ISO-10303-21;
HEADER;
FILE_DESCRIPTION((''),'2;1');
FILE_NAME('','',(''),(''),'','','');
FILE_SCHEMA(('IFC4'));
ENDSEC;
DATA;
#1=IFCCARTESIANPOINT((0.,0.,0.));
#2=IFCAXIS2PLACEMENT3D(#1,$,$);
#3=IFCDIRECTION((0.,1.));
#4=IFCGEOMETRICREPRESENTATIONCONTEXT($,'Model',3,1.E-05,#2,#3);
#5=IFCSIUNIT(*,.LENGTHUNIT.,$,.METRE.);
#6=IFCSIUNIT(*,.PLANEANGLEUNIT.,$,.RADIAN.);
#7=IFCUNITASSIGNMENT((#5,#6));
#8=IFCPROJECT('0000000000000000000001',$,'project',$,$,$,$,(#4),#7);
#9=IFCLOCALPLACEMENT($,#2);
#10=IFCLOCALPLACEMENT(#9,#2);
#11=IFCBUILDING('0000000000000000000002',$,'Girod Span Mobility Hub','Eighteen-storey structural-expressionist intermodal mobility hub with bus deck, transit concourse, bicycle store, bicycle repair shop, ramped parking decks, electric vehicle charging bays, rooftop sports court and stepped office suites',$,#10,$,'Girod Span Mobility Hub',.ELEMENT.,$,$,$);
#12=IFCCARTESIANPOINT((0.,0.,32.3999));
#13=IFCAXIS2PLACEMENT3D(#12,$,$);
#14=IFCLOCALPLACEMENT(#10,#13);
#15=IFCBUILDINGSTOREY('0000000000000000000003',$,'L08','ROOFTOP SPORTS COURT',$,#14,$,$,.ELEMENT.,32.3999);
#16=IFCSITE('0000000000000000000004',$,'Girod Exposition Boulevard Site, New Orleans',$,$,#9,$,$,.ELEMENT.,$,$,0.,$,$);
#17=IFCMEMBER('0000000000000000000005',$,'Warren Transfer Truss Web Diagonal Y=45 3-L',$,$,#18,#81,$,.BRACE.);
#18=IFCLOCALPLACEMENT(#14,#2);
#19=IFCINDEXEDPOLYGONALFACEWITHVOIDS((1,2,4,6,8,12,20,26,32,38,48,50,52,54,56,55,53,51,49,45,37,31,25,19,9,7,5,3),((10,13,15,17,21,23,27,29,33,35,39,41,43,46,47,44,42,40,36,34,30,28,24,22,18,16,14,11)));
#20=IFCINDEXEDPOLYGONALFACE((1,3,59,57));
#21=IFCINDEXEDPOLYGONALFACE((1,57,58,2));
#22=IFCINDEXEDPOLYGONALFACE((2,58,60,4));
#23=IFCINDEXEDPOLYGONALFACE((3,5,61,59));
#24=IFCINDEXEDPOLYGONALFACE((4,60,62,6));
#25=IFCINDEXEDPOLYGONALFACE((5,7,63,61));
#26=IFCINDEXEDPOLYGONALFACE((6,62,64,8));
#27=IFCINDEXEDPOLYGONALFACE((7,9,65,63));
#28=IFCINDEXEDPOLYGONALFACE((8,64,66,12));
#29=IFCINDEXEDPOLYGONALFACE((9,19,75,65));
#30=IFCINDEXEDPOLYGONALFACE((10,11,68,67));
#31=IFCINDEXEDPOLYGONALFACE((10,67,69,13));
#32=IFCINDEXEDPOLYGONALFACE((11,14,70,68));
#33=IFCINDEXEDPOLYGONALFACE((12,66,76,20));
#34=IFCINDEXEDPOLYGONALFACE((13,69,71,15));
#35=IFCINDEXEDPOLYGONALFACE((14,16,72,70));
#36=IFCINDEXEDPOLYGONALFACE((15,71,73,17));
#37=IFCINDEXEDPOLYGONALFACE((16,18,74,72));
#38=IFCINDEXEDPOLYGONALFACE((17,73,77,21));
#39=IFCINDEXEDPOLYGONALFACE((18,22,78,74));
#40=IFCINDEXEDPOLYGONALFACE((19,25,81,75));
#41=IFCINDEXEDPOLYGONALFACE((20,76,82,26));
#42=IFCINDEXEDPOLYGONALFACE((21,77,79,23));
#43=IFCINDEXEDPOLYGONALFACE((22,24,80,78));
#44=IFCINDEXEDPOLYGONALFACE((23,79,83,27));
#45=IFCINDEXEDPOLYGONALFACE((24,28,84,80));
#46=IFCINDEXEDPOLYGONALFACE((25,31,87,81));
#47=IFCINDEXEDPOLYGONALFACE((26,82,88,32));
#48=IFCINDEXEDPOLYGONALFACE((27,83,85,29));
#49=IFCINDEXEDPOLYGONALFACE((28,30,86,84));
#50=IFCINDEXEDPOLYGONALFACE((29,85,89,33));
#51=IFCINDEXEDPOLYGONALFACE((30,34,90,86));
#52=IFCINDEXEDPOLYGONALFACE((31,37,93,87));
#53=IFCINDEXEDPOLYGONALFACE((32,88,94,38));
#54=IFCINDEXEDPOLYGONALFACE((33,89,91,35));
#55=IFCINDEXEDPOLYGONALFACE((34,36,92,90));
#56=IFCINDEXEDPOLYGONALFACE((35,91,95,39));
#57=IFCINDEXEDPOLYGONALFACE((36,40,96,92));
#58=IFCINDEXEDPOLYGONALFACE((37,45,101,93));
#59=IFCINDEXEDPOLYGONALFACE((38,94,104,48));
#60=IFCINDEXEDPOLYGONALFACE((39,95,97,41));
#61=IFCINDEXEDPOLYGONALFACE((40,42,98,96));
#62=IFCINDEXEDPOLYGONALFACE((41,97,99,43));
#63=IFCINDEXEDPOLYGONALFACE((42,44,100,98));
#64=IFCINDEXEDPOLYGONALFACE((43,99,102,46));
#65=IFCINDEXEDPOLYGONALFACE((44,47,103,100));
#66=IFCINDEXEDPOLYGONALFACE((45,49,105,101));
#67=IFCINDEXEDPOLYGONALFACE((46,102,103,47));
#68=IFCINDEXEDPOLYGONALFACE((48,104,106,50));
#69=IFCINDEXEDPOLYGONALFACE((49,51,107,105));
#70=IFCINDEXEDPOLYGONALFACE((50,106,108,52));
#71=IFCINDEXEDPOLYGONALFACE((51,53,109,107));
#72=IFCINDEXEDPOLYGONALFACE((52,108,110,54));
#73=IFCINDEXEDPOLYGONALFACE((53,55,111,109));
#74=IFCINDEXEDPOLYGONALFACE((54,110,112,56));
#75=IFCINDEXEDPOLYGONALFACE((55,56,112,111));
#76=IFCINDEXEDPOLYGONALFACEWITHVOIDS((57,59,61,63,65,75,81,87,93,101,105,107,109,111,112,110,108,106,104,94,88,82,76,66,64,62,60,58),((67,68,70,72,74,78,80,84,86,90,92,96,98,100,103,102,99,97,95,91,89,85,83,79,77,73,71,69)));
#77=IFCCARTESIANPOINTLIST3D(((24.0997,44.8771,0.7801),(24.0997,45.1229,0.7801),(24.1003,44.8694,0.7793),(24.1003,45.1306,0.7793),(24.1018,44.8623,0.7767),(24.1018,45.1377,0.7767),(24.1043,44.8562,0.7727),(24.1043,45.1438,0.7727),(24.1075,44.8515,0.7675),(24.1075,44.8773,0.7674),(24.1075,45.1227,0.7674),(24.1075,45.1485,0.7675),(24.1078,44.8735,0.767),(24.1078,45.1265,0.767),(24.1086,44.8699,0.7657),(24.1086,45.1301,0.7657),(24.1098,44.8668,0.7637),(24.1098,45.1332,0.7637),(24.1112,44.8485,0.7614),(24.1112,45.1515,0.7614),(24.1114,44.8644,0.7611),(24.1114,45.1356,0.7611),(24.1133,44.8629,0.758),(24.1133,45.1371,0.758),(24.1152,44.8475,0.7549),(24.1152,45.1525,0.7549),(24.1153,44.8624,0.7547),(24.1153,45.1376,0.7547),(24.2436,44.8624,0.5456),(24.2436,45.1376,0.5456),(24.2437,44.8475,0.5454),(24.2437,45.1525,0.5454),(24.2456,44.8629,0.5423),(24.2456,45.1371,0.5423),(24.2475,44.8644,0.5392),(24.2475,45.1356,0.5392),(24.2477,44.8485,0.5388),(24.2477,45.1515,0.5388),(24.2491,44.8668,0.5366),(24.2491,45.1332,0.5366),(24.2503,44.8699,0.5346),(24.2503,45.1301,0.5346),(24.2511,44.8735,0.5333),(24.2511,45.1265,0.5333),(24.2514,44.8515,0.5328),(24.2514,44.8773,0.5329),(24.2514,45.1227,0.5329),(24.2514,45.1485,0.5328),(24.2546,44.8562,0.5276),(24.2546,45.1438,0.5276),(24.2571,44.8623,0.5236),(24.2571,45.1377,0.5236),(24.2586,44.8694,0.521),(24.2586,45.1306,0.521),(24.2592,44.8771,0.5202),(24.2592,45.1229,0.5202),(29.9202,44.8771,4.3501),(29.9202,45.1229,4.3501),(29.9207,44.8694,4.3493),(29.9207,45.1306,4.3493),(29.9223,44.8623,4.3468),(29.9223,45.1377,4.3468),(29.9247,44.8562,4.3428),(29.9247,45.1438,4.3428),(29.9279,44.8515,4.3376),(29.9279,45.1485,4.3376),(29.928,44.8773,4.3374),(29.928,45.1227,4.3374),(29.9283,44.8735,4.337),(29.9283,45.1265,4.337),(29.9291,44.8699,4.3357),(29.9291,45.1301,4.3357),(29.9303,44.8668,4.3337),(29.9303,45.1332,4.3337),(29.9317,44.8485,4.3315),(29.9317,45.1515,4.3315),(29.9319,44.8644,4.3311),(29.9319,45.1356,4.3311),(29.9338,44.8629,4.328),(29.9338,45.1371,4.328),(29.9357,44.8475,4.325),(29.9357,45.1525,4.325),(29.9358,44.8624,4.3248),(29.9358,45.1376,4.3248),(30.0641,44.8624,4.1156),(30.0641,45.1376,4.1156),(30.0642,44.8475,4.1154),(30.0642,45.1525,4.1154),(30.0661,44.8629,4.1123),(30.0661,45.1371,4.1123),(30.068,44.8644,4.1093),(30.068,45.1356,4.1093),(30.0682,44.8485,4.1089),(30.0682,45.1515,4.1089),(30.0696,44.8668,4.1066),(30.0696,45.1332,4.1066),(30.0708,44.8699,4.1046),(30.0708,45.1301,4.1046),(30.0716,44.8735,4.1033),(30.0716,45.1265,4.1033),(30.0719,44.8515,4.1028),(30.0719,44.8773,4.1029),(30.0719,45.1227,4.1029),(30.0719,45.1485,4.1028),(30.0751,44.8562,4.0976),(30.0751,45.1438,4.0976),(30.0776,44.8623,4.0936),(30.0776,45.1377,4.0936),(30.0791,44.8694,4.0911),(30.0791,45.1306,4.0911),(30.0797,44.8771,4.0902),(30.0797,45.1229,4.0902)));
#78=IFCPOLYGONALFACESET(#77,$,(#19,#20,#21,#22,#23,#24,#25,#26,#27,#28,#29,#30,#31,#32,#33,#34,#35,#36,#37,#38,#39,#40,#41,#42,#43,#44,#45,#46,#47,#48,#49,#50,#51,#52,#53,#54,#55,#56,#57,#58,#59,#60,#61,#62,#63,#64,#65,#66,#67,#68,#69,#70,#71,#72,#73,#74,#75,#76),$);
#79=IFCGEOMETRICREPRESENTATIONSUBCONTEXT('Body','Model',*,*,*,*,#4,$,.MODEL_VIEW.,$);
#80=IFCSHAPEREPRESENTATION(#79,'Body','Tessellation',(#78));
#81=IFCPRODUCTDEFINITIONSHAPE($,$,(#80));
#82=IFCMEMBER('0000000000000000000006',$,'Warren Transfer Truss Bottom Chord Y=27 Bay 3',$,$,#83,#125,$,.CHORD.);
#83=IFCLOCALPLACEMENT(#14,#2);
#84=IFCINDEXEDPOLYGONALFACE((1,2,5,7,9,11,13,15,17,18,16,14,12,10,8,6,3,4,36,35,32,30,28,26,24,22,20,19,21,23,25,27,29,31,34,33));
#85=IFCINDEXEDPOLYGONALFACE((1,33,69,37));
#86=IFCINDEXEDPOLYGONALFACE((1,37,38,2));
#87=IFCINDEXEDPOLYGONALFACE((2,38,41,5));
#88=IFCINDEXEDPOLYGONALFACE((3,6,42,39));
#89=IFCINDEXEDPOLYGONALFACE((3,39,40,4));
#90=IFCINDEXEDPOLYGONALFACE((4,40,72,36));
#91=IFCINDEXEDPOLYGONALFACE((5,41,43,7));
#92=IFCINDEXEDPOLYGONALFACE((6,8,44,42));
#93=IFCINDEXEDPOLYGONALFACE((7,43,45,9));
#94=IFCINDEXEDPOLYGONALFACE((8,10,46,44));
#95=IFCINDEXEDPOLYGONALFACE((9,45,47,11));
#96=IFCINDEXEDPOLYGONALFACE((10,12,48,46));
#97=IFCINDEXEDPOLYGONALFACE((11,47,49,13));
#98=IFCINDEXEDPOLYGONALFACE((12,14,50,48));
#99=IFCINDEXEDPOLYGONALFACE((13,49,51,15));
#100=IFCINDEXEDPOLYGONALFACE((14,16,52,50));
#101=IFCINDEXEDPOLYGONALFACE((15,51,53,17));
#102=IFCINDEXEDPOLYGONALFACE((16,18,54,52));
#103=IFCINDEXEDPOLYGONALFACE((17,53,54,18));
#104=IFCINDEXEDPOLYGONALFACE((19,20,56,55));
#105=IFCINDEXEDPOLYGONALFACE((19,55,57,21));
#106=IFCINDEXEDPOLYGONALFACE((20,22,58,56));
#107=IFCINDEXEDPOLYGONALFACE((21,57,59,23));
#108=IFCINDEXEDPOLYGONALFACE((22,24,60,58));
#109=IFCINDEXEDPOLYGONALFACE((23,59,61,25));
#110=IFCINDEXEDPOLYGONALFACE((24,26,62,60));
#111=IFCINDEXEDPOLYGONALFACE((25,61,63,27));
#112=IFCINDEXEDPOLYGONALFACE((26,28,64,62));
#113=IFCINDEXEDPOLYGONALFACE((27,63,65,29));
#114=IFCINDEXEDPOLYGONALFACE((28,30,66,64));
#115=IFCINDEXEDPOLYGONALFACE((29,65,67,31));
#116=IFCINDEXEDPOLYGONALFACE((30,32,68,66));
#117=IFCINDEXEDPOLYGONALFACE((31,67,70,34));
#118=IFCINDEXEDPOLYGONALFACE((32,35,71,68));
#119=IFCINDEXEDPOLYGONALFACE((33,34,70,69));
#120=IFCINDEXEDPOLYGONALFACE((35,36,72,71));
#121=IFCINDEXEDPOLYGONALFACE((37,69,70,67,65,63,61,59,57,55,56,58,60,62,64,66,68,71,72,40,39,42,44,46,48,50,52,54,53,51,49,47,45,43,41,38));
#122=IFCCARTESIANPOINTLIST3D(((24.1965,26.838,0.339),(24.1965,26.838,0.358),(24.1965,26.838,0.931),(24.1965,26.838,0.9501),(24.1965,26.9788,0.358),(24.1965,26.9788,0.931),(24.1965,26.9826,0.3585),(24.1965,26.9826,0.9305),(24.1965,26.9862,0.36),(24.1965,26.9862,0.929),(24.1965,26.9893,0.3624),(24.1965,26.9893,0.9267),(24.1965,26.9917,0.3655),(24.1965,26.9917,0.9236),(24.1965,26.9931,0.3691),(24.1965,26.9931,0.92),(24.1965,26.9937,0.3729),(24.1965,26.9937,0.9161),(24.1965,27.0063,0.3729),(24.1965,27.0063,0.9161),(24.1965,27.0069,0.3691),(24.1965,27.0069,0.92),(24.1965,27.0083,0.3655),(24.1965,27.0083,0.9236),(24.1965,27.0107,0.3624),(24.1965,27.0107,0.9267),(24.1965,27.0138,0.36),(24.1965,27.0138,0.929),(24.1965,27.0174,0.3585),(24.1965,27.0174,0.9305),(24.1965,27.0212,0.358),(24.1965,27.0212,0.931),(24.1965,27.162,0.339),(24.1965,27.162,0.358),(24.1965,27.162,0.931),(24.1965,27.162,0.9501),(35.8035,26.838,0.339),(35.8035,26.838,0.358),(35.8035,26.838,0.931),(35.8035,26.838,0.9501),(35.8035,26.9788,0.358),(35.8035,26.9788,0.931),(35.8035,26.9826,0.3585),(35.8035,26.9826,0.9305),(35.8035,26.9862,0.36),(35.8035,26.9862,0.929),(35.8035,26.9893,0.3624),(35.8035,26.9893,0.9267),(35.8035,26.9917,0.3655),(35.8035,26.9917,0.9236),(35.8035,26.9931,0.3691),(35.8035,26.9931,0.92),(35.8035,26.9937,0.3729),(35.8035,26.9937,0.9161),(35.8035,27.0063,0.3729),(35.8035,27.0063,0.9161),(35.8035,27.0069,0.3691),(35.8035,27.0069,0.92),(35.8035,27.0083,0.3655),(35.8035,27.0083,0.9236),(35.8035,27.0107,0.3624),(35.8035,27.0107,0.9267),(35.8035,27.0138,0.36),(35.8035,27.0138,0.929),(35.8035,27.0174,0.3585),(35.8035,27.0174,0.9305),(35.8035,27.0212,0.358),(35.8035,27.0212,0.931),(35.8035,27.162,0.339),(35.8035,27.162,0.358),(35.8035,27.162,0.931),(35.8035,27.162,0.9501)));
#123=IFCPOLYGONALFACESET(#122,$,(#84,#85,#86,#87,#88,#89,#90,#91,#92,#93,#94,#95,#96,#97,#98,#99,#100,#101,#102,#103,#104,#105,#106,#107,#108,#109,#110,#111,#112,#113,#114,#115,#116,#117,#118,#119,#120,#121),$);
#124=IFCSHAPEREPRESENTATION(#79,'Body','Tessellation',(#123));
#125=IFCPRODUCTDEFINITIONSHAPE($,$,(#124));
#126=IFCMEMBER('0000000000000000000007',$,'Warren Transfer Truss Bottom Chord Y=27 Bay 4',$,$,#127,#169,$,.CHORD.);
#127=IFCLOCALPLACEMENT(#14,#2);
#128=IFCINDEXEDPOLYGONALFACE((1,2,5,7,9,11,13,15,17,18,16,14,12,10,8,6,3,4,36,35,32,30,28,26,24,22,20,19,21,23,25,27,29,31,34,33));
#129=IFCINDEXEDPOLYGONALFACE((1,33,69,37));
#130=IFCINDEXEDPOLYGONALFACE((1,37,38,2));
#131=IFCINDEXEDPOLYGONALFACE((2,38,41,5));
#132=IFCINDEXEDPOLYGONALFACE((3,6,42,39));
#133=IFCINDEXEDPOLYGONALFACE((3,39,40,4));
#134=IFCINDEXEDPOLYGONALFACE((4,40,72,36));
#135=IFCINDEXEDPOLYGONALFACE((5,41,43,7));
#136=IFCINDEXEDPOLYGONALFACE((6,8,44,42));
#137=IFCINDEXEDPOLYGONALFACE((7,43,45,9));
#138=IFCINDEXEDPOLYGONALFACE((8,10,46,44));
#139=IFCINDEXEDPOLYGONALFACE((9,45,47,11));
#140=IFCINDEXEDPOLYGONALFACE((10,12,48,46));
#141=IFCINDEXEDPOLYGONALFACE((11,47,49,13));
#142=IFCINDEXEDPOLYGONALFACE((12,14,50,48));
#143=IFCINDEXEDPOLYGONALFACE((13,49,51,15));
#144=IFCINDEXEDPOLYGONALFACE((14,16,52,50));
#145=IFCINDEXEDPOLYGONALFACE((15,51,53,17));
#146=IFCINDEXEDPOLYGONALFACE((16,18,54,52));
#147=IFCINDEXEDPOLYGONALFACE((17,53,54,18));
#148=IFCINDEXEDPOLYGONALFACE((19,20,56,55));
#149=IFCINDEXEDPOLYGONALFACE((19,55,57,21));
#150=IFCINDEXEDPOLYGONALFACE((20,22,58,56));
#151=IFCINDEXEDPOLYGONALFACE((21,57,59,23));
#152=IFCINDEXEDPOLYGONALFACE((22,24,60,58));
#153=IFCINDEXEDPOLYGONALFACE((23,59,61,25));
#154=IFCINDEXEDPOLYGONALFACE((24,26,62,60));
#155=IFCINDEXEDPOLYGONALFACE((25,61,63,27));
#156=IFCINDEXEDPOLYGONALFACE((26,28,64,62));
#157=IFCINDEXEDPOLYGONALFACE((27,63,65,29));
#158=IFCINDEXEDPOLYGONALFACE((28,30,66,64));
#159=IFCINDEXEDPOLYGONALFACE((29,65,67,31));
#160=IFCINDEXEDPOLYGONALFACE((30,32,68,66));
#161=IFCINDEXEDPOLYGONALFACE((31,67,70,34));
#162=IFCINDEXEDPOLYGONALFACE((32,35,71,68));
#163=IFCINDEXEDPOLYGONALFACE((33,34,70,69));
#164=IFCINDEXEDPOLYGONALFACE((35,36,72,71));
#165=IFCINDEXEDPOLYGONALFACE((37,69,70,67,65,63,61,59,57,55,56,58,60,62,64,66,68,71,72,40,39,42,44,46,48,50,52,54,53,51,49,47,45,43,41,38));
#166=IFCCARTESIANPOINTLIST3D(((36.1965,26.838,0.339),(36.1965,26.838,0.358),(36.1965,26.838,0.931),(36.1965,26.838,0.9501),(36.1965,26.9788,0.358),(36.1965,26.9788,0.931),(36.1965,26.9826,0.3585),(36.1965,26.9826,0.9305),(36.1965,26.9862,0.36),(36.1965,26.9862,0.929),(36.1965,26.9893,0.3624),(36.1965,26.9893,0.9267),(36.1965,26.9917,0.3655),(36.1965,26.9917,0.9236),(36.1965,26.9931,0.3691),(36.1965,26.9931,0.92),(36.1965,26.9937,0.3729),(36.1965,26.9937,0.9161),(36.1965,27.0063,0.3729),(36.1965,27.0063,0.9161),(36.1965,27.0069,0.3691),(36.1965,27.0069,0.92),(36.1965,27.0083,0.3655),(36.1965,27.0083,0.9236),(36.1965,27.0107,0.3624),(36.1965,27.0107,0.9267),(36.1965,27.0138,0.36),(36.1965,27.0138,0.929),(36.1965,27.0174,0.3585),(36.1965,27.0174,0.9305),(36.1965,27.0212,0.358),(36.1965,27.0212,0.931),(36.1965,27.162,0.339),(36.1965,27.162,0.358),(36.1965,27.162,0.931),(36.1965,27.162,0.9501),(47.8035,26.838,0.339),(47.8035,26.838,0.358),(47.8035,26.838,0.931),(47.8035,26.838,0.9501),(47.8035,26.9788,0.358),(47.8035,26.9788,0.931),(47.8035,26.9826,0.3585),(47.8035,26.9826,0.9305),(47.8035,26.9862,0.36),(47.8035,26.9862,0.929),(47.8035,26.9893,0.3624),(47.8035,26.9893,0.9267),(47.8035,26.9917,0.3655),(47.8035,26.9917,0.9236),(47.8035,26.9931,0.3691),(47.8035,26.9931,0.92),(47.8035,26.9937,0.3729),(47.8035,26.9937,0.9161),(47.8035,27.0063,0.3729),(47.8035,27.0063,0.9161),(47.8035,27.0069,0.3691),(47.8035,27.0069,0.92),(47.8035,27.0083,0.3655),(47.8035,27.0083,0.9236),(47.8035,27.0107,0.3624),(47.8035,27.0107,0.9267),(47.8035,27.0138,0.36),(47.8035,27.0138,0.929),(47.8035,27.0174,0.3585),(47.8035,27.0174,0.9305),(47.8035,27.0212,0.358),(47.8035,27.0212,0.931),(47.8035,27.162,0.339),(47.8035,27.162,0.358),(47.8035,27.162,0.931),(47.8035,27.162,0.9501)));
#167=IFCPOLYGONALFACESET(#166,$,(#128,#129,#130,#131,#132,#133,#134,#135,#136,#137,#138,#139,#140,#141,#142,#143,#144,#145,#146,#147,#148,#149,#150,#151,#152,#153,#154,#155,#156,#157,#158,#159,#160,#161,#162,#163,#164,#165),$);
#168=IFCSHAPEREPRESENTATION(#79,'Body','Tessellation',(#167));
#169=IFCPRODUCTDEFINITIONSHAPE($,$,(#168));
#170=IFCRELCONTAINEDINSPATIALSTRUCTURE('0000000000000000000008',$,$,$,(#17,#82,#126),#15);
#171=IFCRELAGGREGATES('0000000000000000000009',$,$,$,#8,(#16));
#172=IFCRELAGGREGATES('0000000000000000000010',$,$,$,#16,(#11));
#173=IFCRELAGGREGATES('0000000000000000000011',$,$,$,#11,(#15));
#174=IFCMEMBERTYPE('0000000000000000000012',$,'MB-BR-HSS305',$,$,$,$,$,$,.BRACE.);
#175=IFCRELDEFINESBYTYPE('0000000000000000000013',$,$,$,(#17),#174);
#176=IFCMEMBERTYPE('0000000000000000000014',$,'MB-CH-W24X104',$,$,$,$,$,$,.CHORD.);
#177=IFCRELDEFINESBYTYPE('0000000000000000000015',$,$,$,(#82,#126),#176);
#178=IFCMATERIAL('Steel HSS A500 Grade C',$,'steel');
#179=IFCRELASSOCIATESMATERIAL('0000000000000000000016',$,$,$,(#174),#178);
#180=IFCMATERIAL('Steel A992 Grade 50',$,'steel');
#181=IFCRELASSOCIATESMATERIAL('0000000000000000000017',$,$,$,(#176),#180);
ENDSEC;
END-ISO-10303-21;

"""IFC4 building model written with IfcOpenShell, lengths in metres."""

from ifc_helpers import new_model, si_unit, direction, frame, origin, origin_2d, place, context, subcontext, project, spatial, hollow_rectangle, i_section, extrude, material, material_profile, profile_set, type_object, element, save


model = new_model("IFC4")

# Units and contexts
model_context = context("Model", 3, precision=1e-05, world=origin(), true_north=direction((0.0, 1.0)))
body_context = subcontext(model_context, "Body", "Model", "MODEL_VIEW")
ifc_project = project(units=[si_unit("LENGTHUNIT", "METRE"), si_unit("PLANEANGLEUNIT", "RADIAN")], contexts=[model_context])

# Site, building, storey
site_placement = place(None, origin())
site = spatial("IfcSite", under=ifc_project, at=site_placement, Name="Girod Exposition Boulevard Site, New Orleans", CompositionType="ELEMENT", RefElevation=0.0)
building_placement = place(site_placement, origin())
building = spatial("IfcBuilding", under=site, at=building_placement, Name="Girod Span Mobility Hub", Description="Eighteen-storey structural-expressionist intermodal mobility hub with bus deck, transit concourse, bicycle store, bicycle repair shop, ramped parking decks, electric vehicle charging bays, rooftop sports court and stepped office suites", LongName="Girod Span Mobility Hub", CompositionType="ELEMENT")
storey_placement = place(building_placement, frame((0.0, 0.0, 32.3999)))
storey = spatial("IfcBuildingStorey", under=building, at=storey_placement, Name="L08", Description="ROOFTOP SPORTS COURT", CompositionType="ELEMENT", Elevation=32.3999)

# Members
ifc_material_1 = material(Name="Steel HSS A500 Grade C", Category="steel")
ifc_material_profile_1 = material_profile(ifc_material_1, hollow_rectangle(XDim=0.3049, YDim=0.3049, WallThickness=0.0149, InnerFilletRadius=0.0149, OuterFilletRadius=0.0295, at=origin_2d()), Name="HSS305X305X16")
ifc_profile_set_1 = profile_set([ifc_material_profile_1], Name="Steel HSS A500 Grade C")
member_type_1 = type_object("IfcMemberType", Name="MB-BR-HSS305", PredefinedType="BRACE", material=ifc_profile_set_1)
for number, where, z_axis, x_axis, name in (
    (1, (24.1794, 45.0, 0.6501), (0.85243, 0.0, 0.522842), (0.0, 1.0, 0.0), "Warren Transfer Truss Web Diagonal Y=45 3-L"),
):
    element("IfcMember", number, at=place(storey_placement, frame(where, z_axis=z_axis, x_axis=x_axis)), inside=storey, type_object=member_type_1, Name=name, PredefinedType="BRACE", context=body_context, shape_type="SweptSolid", body=[
        extrude(hollow_rectangle(XDim=0.3049, YDim=0.3049, WallThickness=0.0149, InnerFilletRadius=0.0149, OuterFilletRadius=0.0295, at=origin_2d()), origin(), (0.0, 0.0, 1.0), 6.8281),
    ])
ifc_material_2 = material(Name="Steel A992 Grade 50", Category="steel")
ifc_material_profile_2 = material_profile(ifc_material_2, i_section(OverallWidth=0.324, OverallDepth=0.6111, WebThickness=0.0127, FlangeThickness=0.019, FilletRadius=0.0149, at=origin_2d()), Name="W24X104")
ifc_profile_set_2 = profile_set([ifc_material_profile_2], Name="Steel A992 Grade 50")
member_type_2 = type_object("IfcMemberType", Name="MB-CH-W24X104", PredefinedType="CHORD", material=ifc_profile_set_2)
for number, where, z_axis, x_axis, name in (
    (2, (24.1965, 27.0, 0.6445), (1.0, 0.0, 0.0), (0.0, 1.0, 0.0), "Warren Transfer Truss Bottom Chord Y=27 Bay 3"),
    (3, (36.1965, 27.0, 0.6445), (1.0, 0.0, 0.0), (0.0, 1.0, 0.0), "Warren Transfer Truss Bottom Chord Y=27 Bay 4"),
):
    element("IfcMember", number, at=place(storey_placement, frame(where, z_axis=z_axis, x_axis=x_axis)), inside=storey, type_object=member_type_2, Name=name, PredefinedType="CHORD", context=body_context, shape_type="SweptSolid", body=[
        extrude(i_section(OverallWidth=0.324, OverallDepth=0.6111, WebThickness=0.0127, FlangeThickness=0.019, FilletRadius=0.0149, at=origin_2d()), origin(), (0.0, 0.0, 1.0), 11.6069),
    ])

save(model, "model.ifc")
